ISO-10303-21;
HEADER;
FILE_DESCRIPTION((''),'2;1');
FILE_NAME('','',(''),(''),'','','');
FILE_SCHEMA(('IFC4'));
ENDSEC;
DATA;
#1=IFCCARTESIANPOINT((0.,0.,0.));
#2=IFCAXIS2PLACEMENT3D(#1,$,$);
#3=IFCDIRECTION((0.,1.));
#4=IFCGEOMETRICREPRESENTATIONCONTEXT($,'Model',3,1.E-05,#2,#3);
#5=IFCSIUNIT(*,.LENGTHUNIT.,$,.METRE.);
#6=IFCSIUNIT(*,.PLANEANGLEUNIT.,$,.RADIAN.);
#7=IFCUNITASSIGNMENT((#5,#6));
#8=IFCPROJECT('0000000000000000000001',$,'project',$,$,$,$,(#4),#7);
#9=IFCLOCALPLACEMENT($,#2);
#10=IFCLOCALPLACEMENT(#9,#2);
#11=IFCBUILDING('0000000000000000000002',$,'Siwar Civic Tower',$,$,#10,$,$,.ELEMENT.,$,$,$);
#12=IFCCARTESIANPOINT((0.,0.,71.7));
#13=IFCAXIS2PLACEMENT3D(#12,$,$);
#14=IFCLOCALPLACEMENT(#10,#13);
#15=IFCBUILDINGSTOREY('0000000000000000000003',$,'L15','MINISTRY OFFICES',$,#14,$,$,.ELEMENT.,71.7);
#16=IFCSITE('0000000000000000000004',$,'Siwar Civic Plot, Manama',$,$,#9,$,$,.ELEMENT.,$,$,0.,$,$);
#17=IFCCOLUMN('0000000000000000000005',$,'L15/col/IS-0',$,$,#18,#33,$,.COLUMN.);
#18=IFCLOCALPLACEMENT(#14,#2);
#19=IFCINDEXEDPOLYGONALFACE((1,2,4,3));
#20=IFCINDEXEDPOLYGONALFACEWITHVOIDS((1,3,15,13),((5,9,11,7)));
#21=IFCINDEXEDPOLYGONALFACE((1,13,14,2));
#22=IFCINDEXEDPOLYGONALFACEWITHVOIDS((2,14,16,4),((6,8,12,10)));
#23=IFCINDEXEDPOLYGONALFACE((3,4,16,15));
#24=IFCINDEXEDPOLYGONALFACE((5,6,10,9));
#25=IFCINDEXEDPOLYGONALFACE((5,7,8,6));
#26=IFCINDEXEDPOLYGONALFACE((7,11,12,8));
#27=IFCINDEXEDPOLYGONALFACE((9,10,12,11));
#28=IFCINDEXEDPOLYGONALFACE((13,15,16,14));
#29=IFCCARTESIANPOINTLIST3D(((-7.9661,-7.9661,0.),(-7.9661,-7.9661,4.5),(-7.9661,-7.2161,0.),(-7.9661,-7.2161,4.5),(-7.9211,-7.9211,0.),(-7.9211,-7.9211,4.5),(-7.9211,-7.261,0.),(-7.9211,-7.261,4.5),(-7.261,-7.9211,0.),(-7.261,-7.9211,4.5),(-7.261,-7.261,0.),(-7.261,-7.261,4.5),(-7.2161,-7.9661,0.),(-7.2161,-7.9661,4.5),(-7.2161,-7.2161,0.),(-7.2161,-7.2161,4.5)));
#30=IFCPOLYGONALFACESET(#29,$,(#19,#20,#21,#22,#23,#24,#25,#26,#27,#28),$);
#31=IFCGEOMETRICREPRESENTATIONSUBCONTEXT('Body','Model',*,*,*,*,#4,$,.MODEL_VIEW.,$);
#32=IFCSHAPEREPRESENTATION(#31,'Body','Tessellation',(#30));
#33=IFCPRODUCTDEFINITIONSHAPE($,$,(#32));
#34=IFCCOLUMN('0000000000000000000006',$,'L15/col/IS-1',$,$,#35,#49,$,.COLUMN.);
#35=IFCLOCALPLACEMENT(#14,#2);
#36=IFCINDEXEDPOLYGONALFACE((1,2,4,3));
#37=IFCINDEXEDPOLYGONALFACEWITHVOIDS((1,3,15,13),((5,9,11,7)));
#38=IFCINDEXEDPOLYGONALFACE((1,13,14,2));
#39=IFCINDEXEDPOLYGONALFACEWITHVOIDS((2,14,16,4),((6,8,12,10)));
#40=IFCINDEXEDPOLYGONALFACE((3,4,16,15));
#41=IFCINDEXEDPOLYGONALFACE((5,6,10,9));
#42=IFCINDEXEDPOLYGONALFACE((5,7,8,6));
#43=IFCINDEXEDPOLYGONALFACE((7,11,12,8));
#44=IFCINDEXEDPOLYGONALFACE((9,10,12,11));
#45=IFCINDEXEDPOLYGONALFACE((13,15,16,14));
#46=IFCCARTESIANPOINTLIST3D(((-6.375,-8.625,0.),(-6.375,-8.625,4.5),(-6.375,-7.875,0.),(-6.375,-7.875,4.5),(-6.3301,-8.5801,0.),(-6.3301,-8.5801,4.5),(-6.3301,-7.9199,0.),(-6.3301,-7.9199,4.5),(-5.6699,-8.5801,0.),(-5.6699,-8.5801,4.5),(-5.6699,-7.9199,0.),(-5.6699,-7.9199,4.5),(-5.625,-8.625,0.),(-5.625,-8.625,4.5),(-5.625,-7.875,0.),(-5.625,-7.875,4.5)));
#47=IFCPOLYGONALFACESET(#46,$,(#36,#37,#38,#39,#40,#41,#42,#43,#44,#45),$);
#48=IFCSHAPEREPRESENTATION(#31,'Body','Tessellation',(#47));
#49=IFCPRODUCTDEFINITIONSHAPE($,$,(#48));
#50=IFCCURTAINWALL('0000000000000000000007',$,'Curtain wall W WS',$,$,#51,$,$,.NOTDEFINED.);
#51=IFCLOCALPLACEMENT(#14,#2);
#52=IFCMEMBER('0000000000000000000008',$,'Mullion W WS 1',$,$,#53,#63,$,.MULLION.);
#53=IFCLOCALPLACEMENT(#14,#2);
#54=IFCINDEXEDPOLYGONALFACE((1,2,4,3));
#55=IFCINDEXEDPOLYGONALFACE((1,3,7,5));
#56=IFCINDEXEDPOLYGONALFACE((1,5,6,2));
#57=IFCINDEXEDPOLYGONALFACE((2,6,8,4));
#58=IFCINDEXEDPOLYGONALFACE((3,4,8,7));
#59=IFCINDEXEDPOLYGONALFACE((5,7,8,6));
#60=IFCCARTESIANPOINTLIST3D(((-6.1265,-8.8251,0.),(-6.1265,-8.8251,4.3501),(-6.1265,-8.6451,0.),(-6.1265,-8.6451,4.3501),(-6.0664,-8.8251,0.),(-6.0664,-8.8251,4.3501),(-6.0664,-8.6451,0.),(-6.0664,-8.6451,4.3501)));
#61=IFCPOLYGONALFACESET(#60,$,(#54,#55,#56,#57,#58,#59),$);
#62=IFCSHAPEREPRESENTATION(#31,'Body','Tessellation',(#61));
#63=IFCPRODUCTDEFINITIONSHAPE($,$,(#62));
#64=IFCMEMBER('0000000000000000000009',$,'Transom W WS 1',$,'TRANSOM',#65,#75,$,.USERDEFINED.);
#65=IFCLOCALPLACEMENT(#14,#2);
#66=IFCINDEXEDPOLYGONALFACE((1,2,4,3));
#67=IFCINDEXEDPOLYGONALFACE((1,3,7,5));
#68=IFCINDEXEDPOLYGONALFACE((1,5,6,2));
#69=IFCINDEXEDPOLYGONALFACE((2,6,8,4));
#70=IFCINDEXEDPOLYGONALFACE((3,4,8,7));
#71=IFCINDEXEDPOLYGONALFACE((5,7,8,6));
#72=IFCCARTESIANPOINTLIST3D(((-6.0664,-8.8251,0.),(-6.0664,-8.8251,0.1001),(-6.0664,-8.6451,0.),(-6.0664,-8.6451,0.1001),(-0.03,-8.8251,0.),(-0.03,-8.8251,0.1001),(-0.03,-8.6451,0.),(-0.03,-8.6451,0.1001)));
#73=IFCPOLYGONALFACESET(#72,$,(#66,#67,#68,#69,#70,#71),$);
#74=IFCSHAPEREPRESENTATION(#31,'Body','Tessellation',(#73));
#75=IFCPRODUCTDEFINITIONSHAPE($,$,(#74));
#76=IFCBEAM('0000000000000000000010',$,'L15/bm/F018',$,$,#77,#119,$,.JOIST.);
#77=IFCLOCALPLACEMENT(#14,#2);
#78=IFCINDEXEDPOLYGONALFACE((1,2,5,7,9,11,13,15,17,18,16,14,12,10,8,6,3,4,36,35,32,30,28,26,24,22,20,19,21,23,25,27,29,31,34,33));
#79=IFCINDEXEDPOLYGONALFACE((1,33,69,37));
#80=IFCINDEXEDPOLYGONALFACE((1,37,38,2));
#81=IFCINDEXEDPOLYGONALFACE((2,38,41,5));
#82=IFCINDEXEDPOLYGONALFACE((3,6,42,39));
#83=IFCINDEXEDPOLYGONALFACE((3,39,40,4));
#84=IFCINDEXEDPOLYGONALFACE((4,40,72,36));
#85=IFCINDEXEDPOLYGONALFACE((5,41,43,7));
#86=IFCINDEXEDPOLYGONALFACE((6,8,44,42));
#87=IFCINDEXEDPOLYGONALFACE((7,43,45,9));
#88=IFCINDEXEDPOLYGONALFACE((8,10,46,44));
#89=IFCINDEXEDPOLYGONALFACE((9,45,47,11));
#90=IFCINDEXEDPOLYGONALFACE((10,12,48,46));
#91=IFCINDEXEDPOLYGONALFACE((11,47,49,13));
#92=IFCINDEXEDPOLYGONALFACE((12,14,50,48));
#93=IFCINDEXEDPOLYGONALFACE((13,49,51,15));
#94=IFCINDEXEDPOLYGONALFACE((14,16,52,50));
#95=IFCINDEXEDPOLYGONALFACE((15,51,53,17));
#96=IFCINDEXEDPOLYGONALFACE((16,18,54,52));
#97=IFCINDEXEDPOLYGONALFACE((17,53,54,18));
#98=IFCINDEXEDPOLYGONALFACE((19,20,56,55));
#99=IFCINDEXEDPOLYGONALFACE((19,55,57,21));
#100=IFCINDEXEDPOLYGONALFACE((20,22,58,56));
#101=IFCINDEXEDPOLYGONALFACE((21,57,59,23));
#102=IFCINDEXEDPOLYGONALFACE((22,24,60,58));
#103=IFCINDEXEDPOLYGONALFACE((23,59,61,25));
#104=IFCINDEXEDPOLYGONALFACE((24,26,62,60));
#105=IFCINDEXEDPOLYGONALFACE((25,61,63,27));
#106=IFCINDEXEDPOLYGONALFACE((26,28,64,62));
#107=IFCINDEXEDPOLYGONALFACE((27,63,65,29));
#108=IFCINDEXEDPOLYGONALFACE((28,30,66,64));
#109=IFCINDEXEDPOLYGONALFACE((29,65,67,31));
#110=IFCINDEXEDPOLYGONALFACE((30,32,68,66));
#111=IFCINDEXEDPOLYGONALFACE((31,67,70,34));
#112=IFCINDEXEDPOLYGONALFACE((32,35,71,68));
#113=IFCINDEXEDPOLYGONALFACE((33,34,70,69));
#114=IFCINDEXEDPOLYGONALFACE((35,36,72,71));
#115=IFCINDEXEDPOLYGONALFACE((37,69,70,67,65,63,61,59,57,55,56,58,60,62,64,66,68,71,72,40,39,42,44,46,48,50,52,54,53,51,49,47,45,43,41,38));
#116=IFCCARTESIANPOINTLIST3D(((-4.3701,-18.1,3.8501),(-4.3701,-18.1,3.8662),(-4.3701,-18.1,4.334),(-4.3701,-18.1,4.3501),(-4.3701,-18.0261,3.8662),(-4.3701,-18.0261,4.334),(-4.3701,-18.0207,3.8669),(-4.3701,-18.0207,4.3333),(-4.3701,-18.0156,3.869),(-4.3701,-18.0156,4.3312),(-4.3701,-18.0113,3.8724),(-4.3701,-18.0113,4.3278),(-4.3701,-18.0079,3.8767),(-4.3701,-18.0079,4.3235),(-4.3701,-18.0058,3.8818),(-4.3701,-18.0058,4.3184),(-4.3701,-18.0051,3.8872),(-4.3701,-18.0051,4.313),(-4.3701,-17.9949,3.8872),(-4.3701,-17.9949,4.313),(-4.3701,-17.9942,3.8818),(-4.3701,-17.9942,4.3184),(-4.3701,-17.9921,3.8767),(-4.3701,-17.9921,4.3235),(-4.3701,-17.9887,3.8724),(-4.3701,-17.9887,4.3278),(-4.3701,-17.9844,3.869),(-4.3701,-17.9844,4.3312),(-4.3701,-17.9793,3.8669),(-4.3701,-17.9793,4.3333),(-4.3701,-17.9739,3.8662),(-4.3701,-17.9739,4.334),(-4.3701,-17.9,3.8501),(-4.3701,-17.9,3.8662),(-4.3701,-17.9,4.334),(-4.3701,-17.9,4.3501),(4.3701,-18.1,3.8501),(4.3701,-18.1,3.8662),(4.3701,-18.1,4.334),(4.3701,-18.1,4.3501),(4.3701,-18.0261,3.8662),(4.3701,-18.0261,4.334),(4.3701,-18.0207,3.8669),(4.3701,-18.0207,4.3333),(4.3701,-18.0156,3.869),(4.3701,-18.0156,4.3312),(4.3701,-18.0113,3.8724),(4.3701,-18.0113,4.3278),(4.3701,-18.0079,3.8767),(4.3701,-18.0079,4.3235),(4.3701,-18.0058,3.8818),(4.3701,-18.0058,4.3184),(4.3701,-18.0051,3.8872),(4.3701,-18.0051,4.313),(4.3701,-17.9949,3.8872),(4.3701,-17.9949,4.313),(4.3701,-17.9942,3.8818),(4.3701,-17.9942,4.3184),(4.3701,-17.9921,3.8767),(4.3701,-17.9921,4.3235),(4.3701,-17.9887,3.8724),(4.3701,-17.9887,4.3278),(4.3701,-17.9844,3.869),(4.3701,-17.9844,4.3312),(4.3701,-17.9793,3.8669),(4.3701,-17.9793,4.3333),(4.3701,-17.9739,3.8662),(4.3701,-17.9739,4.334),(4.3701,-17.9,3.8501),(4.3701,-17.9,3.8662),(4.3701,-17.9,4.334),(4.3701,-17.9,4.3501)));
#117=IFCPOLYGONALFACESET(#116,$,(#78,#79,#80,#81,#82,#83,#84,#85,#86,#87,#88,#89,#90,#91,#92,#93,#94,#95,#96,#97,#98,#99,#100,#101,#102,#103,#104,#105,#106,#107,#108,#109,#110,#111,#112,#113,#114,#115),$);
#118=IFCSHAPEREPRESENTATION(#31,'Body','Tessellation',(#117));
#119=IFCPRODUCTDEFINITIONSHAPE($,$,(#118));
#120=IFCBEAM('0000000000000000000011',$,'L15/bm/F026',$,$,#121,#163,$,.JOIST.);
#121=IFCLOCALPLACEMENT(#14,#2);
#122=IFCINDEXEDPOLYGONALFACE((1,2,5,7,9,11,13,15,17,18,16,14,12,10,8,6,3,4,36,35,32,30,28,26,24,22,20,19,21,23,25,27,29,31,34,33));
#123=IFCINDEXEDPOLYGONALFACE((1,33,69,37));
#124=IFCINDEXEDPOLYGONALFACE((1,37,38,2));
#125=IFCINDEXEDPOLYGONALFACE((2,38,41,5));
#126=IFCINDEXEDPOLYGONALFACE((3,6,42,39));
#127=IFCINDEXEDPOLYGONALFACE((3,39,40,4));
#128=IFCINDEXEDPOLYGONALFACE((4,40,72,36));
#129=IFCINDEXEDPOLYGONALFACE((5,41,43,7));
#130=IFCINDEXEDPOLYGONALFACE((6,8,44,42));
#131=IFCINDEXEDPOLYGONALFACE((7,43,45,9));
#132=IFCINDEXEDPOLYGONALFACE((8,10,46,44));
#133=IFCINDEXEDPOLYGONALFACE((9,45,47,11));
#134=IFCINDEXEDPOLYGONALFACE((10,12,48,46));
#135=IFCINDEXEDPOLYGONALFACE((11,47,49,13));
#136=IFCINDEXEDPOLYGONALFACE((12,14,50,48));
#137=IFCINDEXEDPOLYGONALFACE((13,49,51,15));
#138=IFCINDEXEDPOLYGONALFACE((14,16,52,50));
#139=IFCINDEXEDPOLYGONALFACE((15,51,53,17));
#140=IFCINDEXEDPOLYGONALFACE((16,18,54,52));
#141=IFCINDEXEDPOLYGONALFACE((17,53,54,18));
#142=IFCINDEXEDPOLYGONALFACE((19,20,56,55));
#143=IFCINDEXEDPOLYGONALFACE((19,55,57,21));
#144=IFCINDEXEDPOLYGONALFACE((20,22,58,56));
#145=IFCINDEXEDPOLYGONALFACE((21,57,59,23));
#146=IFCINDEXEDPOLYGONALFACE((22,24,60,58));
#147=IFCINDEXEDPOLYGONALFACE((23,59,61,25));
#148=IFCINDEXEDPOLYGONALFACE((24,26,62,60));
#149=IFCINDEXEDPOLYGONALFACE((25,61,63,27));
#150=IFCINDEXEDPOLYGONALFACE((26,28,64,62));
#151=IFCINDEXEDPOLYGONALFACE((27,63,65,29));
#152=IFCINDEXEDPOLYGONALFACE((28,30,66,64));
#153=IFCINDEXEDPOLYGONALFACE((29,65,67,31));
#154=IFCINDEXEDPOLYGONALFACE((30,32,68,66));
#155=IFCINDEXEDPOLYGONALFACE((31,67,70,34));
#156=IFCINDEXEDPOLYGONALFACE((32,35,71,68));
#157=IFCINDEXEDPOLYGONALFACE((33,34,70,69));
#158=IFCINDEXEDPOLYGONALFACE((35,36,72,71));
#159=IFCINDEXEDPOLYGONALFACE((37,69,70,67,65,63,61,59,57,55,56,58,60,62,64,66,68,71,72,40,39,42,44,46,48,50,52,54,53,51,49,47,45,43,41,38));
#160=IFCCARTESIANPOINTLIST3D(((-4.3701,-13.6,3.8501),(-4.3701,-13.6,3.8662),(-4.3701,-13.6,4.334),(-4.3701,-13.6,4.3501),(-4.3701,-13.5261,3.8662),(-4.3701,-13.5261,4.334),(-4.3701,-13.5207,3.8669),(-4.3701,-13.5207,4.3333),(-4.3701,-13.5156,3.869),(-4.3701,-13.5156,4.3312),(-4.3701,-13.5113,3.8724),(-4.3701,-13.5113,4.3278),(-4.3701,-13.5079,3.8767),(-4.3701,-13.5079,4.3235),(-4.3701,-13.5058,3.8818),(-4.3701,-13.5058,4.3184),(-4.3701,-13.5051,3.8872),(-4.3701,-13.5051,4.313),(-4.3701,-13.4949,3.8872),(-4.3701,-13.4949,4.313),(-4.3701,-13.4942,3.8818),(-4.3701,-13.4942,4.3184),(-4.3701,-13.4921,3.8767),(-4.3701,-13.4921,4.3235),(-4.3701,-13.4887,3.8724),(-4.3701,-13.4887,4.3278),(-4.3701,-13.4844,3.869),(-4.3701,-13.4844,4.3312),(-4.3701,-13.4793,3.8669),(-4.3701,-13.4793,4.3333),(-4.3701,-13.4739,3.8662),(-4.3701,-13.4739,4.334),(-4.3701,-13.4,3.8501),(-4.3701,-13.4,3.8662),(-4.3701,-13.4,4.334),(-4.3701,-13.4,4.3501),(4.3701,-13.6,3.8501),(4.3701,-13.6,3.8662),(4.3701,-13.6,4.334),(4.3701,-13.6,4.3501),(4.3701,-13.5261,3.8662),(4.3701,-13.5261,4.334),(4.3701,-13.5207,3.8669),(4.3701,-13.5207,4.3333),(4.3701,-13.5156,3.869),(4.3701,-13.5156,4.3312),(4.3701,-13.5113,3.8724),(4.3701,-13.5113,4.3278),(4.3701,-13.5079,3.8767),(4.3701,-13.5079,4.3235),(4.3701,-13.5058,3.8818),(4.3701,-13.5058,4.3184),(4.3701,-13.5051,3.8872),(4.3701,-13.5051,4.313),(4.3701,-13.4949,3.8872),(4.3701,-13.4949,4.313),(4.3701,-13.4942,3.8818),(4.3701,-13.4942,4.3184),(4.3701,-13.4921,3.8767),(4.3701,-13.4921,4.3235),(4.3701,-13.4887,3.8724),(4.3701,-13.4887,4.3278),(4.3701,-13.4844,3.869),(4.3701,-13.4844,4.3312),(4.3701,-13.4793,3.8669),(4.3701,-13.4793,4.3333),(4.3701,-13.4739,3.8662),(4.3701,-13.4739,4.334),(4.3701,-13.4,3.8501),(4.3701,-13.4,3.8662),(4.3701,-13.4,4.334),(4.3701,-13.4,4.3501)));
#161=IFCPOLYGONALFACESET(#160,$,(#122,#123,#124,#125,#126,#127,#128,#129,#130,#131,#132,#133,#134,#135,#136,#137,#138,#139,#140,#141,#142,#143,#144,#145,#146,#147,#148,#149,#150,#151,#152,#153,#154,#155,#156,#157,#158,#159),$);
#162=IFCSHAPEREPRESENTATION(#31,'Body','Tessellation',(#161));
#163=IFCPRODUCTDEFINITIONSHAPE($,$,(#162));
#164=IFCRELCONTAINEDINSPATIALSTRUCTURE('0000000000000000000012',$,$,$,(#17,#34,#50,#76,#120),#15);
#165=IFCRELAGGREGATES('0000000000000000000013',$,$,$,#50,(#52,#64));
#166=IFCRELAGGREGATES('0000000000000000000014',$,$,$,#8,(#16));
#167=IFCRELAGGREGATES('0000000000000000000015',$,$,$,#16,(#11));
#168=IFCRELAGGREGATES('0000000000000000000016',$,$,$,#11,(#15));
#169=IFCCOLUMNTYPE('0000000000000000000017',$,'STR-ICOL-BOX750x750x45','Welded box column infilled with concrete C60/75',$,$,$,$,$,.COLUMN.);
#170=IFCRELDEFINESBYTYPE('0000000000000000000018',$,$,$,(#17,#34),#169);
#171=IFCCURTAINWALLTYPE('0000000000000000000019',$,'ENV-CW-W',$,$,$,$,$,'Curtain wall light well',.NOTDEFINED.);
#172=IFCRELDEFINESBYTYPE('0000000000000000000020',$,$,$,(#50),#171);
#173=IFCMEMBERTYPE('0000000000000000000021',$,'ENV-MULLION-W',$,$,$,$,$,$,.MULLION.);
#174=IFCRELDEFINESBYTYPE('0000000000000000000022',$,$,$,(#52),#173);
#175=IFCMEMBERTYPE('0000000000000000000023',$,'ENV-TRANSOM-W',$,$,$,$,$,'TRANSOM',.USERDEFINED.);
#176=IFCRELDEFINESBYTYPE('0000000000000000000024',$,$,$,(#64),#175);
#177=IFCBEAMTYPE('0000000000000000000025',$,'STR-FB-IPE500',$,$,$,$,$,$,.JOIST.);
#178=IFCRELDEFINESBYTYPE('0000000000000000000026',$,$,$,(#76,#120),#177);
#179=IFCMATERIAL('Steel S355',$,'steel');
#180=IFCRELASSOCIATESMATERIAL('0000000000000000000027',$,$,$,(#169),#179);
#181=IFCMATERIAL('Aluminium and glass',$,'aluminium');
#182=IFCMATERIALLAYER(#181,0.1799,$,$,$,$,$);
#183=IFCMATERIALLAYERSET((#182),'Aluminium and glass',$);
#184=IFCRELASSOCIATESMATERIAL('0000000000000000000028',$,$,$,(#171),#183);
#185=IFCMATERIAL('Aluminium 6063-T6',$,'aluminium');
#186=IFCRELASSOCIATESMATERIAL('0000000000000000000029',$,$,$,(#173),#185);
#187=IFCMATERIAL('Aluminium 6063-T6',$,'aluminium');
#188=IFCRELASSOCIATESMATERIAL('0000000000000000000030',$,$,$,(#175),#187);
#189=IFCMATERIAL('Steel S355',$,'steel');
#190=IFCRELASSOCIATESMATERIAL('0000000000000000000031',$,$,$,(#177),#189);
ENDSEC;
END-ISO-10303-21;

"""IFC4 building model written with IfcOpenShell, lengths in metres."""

from ifc_helpers import new_model, si_unit, direction, frame, origin, origin_2d, place, context, subcontext, project, spatial, rectangle, hollow_rectangle, i_section, extrude, material, layer, layer_set, material_profile, profile_set, type_object, element, aggregate, save


model = new_model("IFC4")

# Units and contexts
model_context = context("Model", 3, precision=1e-05, world=origin(), true_north=direction((0.0, 1.0)))
body_context = subcontext(model_context, "Body", "Model", "MODEL_VIEW")
ifc_project = project(units=[si_unit("LENGTHUNIT", "METRE"), si_unit("PLANEANGLEUNIT", "RADIAN")], contexts=[model_context])

# Site, building, storey
site_placement = place(None, origin())
site = spatial("IfcSite", under=ifc_project, at=site_placement, Name="Siwar Civic Plot, Manama", CompositionType="ELEMENT", RefElevation=0.0)
building_placement = place(site_placement, origin())
building = spatial("IfcBuilding", under=site, at=building_placement, Name="Siwar Civic Tower", CompositionType="ELEMENT")
storey_placement = place(building_placement, frame((0.0, 0.0, 71.7)))
storey = spatial("IfcBuildingStorey", under=building, at=storey_placement, Name="L15", Description="MINISTRY OFFICES", CompositionType="ELEMENT", Elevation=71.7)

# Columns
ifc_material_1 = material(Name="Steel S355", Category="steel")
ifc_material_profile_1 = material_profile(ifc_material_1, hollow_rectangle(XDim=0.75, YDim=0.75, WallThickness=0.0449, at=origin_2d()), Name="BOX750x750x45")
ifc_profile_set_1 = profile_set([ifc_material_profile_1], Name="Steel S355")
column_type = type_object("IfcColumnType", Name="STR-ICOL-BOX750x750x45", Description="Welded box column infilled with concrete C60/75", PredefinedType="COLUMN", material=ifc_profile_set_1)
for number, where, z_axis, x_axis, name in (
    (1, (-7.5911, -7.5911, 0.0), (0.0, 0.0, 1.0), (1.0, 0.0, 0.0), "L15/col/IS-0"),
    (2, (-6.0, -8.25, 0.0), (0.0, 0.0, 1.0), (1.0, 0.0, 0.0), "L15/col/IS-1"),
):
    element("IfcColumn", number, at=place(storey_placement, frame(where, z_axis=z_axis, x_axis=x_axis)), inside=storey, type_object=column_type, Name=name, PredefinedType="COLUMN", context=body_context, shape_type="SweptSolid", body=[
        extrude(hollow_rectangle(XDim=0.75, YDim=0.75, WallThickness=0.0449, at=origin_2d()), origin(), (0.0, 0.0, 1.0), 4.5),
    ])

# Curtain wall, members
ifc_material_2 = material(Name="Aluminium and glass", Category="aluminium")
ifc_layer_1 = layer(ifc_material_2, 0.1799)
ifc_layer_set_1 = layer_set([ifc_layer_1], Name="Aluminium and glass")
curtain_wall_type = type_object("IfcCurtainWallType", Name="ENV-CW-W", ElementType="Curtain wall light well", PredefinedType="NOTDEFINED", material=ifc_layer_set_1)
curtain_wall_placement = place(storey_placement, origin())
curtain_wall = element("IfcCurtainWall", 3, at=curtain_wall_placement, inside=storey, type_object=curtain_wall_type, Name="Curtain wall W WS", PredefinedType="NOTDEFINED")
ifc_material_3 = material(Name="Aluminium 6063-T6", Category="aluminium")
ifc_material_profile_2 = material_profile(ifc_material_3, rectangle(XDim=0.1799, YDim=0.0601, at=origin_2d()), Name="AL 180x60")
ifc_profile_set_2 = profile_set([ifc_material_profile_2], Name="Aluminium 6063-T6")
member_type_1 = type_object("IfcMemberType", Name="ENV-MULLION-W", PredefinedType="MULLION", material=ifc_profile_set_2)
member_1_placement = place(storey_placement, frame((-6.0964, -8.7351, 0.0), z_axis=(0.0, 0.0, 1.0), x_axis=(0.0, 1.0, 0.0)))
member_1 = element("IfcMember", 4, at=member_1_placement, type_object=member_type_1, Name="Mullion W WS 1", PredefinedType="MULLION", context=body_context, shape_type="SweptSolid", body=[
    extrude(rectangle(XDim=0.1799, YDim=0.0601, at=origin_2d()), origin(), (0.0, 0.0, 1.0), 4.3501),
])
ifc_material_4 = material(Name="Aluminium 6063-T6", Category="aluminium")
ifc_material_profile_3 = material_profile(ifc_material_4, rectangle(XDim=0.1799, YDim=0.1001, at=origin_2d()), Name="AL 180x100")
ifc_profile_set_3 = profile_set([ifc_material_profile_3], Name="Aluminium 6063-T6")
member_type_2 = type_object("IfcMemberType", Name="ENV-TRANSOM-W", ElementType="TRANSOM", PredefinedType="USERDEFINED", material=ifc_profile_set_3)
member_2_placement = place(storey_placement, frame((-6.0664, -8.7351, 0.05), z_axis=(1.0, 0.0, 0.0), x_axis=(0.0, 1.0, 0.0)))
member_2 = element("IfcMember", 5, at=member_2_placement, type_object=member_type_2, Name="Transom W WS 1", ObjectType="TRANSOM", PredefinedType="USERDEFINED", context=body_context, shape_type="SweptSolid", body=[
    extrude(rectangle(XDim=0.1799, YDim=0.1001, at=origin_2d()), origin(), (0.0, 0.0, 1.0), 6.0364),
])

# Beams
ifc_material_5 = material(Name="Steel S355", Category="steel")
ifc_material_profile_4 = material_profile(ifc_material_5, i_section(OverallWidth=0.2, OverallDepth=0.5, WebThickness=0.0103, FlangeThickness=0.0161, FilletRadius=0.021, at=origin_2d()), Name="IPE500")
ifc_profile_set_4 = profile_set([ifc_material_profile_4], Name="Steel S355")
beam_type_1 = type_object("IfcBeamType", Name="STR-FB-IPE500", PredefinedType="JOIST", material=ifc_profile_set_4)
for number, where, z_axis, x_axis, name in (
    (6, (-4.3701, -18.0, 4.1001), (1.0, 0.0, 0.0), (0.0, 1.0, 0.0), "L15/bm/F018"),
    (7, (-4.3701, -13.5, 4.1001), (1.0, 0.0, 0.0), (0.0, 1.0, 0.0), "L15/bm/F026"),
):
    element("IfcBeam", number, at=place(storey_placement, frame(where, z_axis=z_axis, x_axis=x_axis)), inside=storey, type_object=beam_type_1, Name=name, PredefinedType="JOIST", context=body_context, shape_type="SweptSolid", body=[
        extrude(i_section(OverallWidth=0.2, OverallDepth=0.5, WebThickness=0.0103, FlangeThickness=0.0161, FilletRadius=0.021, at=origin_2d()), origin(), (0.0, 0.0, 1.0), 8.7402),
    ])

aggregate(curtain_wall, [member_1, member_2])

save(model, "model.ifc")
